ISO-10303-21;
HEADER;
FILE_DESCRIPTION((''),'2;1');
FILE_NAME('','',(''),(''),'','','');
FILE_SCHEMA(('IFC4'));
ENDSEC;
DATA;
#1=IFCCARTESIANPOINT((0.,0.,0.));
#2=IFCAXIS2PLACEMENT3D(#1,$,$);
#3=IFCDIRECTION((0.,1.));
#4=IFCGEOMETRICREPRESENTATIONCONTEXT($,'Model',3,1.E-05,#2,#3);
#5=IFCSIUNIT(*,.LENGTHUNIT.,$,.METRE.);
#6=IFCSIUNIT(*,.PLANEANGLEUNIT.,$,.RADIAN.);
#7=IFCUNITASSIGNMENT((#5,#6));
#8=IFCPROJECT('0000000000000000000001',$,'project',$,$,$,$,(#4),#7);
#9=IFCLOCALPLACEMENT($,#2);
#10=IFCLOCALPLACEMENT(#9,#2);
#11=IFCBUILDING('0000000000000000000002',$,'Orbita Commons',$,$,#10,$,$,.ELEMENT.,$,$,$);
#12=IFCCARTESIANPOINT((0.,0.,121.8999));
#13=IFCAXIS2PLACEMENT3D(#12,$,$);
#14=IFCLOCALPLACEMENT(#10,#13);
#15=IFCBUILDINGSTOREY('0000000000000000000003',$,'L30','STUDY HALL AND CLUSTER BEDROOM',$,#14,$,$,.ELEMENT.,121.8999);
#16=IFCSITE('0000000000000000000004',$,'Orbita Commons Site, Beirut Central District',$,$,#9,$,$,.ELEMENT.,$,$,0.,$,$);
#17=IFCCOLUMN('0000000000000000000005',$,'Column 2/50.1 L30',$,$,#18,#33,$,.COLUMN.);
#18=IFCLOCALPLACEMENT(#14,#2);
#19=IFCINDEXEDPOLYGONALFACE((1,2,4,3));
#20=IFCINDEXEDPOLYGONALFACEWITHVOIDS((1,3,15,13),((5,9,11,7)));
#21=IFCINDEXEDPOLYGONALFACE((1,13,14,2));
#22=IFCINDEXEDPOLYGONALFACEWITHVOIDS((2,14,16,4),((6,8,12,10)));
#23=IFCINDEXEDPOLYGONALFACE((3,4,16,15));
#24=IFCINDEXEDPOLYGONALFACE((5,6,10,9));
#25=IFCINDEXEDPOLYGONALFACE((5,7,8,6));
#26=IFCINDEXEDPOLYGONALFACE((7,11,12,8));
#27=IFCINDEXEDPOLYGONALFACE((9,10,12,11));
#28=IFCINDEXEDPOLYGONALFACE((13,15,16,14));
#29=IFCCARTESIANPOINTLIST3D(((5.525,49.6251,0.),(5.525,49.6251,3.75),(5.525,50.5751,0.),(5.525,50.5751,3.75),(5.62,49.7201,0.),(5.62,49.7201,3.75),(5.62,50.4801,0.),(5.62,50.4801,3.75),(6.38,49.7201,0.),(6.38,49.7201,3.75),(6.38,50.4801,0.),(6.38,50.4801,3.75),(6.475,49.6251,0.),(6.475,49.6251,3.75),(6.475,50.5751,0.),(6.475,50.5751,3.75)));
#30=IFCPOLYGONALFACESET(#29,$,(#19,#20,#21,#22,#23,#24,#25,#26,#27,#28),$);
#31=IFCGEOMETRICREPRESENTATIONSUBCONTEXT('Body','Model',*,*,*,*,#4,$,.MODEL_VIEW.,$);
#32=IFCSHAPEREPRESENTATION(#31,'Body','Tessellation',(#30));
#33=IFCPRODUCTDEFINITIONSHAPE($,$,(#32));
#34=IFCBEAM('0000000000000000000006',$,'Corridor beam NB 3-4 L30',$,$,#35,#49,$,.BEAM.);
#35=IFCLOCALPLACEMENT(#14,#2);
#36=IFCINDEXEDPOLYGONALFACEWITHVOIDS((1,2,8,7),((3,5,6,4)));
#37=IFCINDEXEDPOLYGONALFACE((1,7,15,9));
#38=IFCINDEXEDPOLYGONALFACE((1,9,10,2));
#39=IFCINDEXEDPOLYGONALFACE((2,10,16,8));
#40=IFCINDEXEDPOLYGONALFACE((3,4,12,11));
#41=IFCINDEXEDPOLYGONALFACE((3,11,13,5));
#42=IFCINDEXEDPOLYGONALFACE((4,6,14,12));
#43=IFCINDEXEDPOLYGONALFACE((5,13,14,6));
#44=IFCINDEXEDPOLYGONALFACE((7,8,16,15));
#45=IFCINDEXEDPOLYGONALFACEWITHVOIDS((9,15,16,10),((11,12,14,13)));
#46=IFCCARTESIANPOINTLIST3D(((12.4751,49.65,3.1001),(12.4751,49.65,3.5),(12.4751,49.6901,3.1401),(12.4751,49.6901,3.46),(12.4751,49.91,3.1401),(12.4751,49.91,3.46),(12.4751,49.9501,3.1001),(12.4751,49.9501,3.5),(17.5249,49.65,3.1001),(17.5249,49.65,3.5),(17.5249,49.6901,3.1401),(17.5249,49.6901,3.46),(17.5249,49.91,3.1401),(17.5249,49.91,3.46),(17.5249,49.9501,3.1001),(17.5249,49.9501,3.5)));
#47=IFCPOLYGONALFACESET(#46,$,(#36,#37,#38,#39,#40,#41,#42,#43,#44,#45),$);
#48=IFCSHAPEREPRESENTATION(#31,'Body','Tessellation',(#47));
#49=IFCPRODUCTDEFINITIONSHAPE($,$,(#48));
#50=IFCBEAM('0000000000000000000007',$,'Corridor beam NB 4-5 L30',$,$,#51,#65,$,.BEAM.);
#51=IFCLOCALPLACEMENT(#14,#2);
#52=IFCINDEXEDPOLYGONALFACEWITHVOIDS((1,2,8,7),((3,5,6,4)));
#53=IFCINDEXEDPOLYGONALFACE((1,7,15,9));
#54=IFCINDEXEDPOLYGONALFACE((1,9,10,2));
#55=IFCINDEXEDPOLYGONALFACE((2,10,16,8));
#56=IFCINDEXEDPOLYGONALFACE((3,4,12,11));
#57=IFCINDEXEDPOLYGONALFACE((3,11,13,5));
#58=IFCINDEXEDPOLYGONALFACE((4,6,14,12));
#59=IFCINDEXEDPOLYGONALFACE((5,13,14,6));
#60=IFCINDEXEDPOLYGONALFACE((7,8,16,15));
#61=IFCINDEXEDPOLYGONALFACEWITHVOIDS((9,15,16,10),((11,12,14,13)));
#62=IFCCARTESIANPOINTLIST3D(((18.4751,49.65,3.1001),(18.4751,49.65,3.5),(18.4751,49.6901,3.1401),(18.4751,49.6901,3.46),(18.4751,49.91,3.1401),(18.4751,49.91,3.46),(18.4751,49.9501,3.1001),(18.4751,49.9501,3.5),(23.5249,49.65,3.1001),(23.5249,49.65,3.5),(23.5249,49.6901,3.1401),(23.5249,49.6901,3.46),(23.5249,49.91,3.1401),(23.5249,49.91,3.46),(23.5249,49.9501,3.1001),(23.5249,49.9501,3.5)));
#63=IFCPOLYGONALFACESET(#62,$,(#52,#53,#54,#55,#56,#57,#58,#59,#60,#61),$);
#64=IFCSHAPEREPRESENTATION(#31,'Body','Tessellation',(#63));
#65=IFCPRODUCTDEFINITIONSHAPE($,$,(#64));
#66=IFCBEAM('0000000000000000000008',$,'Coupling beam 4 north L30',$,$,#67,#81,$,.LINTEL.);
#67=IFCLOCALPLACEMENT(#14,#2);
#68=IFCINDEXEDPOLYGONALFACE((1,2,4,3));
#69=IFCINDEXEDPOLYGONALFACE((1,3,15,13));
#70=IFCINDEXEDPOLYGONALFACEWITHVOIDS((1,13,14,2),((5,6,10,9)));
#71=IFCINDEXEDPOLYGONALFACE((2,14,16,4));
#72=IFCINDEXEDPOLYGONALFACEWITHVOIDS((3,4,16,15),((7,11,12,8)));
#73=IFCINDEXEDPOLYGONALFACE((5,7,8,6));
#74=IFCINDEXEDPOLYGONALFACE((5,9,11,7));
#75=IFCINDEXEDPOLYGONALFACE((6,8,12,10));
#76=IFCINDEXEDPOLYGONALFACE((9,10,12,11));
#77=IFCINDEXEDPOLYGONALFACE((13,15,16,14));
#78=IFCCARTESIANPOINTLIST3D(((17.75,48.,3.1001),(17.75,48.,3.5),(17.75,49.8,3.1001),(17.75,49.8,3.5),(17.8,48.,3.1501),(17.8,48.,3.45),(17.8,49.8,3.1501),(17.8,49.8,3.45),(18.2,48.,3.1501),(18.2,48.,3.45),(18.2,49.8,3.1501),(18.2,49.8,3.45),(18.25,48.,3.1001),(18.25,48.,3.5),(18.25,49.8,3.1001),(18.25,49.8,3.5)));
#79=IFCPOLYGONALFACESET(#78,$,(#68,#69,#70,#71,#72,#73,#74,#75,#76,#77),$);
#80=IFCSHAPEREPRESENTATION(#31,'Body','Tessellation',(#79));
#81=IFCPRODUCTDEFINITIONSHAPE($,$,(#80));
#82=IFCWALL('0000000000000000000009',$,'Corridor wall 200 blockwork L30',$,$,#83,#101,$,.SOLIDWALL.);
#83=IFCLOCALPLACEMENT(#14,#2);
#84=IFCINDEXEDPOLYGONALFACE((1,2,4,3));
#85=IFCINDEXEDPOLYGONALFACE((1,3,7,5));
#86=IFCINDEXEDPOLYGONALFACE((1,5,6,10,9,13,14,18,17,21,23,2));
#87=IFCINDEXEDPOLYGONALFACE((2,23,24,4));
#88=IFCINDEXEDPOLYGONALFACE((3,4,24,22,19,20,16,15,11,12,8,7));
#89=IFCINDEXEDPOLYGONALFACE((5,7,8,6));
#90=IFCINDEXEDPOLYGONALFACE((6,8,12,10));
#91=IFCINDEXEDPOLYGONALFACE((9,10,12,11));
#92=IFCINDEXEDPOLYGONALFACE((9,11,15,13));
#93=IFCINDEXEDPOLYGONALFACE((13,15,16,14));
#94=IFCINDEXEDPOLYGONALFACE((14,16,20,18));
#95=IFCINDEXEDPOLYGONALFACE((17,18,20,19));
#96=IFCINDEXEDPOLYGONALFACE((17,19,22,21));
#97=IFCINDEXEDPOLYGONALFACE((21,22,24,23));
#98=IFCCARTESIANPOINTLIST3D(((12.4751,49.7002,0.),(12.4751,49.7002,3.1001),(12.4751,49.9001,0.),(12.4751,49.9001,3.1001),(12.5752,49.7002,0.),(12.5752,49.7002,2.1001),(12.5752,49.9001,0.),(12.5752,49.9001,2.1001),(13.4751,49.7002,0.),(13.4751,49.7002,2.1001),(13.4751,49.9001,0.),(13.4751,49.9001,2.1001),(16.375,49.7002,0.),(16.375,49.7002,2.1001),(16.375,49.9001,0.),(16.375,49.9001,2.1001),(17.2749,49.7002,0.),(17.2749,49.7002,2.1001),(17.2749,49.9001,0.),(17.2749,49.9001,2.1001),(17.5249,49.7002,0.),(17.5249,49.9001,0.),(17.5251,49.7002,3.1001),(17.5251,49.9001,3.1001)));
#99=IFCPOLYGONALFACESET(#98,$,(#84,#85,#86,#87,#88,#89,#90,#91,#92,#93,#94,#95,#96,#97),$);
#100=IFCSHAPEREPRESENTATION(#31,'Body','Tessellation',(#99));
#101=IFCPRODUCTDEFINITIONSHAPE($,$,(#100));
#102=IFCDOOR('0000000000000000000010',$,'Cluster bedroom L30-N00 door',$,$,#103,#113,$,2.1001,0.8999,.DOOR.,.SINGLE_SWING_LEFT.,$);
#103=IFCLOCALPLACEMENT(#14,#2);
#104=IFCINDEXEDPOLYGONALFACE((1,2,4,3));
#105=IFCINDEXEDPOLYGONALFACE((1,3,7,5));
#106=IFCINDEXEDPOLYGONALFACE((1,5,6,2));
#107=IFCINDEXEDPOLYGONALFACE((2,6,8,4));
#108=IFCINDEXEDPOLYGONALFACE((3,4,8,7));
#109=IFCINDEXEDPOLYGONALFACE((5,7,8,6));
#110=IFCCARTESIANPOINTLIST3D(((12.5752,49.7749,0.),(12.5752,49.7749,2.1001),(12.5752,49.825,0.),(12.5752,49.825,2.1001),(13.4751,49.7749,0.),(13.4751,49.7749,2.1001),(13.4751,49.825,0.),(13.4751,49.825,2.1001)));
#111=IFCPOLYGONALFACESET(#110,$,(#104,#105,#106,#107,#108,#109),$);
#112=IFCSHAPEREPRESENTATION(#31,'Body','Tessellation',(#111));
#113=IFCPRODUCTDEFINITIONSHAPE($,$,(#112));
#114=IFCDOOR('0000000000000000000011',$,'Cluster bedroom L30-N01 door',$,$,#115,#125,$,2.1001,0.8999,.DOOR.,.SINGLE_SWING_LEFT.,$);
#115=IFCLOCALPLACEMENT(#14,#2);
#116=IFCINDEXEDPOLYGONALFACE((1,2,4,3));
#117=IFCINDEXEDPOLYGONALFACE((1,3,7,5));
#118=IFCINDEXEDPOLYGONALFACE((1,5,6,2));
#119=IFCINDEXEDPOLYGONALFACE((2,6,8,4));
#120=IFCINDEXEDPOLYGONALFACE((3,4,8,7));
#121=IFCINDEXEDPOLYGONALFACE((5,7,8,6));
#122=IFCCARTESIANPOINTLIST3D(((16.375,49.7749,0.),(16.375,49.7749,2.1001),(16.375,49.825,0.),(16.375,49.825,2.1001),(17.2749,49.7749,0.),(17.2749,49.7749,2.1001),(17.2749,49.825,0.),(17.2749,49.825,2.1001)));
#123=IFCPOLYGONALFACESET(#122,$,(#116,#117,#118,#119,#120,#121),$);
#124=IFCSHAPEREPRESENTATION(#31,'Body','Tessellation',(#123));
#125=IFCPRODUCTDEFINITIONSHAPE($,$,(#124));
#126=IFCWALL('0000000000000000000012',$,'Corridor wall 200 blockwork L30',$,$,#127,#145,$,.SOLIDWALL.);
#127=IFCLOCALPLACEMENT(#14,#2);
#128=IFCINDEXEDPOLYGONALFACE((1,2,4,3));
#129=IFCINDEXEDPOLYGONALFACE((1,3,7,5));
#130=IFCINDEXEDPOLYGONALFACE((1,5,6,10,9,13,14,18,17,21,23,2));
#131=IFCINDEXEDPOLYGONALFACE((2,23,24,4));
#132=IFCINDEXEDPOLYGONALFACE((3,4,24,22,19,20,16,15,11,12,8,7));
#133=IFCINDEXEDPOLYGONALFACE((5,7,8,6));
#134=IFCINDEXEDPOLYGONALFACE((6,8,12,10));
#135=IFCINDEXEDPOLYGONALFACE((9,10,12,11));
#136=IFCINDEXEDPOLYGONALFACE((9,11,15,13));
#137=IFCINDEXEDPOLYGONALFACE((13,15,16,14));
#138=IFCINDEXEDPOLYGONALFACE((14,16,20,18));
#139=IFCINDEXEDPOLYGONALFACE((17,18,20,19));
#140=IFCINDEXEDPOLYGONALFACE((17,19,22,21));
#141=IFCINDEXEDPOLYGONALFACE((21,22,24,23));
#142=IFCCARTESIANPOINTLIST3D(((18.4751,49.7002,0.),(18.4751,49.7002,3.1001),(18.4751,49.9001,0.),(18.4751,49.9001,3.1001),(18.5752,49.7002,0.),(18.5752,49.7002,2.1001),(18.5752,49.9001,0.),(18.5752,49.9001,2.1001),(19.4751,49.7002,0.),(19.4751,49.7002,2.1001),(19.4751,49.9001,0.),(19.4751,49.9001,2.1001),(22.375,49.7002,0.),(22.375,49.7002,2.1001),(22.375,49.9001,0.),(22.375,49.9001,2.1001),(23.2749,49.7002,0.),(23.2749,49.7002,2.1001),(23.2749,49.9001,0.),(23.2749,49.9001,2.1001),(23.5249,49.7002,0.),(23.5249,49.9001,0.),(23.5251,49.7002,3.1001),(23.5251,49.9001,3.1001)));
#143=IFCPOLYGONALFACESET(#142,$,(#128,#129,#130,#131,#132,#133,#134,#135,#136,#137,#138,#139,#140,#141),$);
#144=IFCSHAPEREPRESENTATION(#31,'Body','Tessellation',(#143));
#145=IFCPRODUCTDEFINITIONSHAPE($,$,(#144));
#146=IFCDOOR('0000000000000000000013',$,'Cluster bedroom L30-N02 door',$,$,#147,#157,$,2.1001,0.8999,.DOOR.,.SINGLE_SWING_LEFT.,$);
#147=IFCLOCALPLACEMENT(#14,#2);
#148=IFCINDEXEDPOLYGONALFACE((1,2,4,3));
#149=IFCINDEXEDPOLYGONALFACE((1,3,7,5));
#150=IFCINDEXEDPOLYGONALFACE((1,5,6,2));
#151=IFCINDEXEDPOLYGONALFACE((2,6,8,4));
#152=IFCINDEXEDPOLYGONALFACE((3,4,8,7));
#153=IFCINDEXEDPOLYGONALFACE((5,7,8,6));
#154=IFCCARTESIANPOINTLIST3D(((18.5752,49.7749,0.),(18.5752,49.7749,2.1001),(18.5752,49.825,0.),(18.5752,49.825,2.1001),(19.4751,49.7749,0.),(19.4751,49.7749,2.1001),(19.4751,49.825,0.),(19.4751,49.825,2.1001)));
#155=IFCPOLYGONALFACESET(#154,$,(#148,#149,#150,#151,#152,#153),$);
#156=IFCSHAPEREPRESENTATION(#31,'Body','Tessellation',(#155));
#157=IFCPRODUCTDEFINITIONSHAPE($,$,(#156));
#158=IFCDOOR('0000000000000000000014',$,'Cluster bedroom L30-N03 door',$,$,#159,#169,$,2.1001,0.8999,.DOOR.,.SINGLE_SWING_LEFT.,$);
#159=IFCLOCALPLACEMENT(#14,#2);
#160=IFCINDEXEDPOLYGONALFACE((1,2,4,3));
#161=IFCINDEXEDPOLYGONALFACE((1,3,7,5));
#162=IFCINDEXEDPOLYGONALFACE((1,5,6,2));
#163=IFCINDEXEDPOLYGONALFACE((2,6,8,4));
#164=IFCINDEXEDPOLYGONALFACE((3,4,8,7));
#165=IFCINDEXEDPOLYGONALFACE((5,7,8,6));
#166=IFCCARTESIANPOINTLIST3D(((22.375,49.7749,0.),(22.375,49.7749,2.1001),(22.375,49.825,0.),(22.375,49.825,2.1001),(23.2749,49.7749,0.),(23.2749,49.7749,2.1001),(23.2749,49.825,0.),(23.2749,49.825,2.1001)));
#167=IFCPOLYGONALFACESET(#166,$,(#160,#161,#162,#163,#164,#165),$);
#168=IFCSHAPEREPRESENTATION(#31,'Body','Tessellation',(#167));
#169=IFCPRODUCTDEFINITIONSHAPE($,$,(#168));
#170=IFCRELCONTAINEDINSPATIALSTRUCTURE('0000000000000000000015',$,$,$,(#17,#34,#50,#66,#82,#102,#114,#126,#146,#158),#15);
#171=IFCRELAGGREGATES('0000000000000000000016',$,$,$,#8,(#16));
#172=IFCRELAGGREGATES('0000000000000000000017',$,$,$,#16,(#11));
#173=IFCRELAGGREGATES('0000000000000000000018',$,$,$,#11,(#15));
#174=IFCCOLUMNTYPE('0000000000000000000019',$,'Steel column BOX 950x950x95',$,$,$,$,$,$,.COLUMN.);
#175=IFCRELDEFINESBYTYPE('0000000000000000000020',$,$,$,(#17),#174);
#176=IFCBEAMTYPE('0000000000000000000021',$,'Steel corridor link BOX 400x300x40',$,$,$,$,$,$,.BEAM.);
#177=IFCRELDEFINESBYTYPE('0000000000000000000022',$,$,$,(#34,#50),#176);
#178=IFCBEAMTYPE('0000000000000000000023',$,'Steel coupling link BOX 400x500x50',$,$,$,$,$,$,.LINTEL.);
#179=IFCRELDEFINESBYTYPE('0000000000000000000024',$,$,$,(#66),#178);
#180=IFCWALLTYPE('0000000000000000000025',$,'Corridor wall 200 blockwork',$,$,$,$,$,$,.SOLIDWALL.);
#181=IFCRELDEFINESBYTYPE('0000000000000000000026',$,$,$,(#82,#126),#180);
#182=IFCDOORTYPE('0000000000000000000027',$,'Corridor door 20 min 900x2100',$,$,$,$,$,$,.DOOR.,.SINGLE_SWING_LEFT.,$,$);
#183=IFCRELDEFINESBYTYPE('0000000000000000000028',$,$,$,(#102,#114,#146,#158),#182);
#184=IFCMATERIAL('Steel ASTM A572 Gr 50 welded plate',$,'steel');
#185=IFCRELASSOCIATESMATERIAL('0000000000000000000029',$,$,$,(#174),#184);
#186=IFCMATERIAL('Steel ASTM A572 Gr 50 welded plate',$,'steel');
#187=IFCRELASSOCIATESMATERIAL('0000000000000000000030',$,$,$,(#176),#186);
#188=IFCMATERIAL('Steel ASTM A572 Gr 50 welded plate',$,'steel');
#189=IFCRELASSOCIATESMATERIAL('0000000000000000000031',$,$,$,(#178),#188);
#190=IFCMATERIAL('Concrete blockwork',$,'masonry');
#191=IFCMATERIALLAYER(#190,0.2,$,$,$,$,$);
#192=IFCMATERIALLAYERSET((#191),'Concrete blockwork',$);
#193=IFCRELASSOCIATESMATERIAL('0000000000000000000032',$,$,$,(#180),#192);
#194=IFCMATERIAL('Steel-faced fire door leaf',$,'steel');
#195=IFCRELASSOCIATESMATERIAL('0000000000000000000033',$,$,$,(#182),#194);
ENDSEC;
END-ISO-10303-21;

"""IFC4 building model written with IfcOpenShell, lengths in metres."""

from ifc_helpers import new_model, si_unit, direction, frame, frame_2d, origin, origin_2d, place, context, subcontext, project, spatial, polyline, rectangle, hollow_rectangle, outline, extrude, material, layer, layer_set, material_profile, profile_set, type_object, element, fill, save


model = new_model("IFC4")

# Units and contexts
model_context = context("Model", 3, precision=1e-05, world=origin(), true_north=direction((0.0, 1.0)))
body_context = subcontext(model_context, "Body", "Model", "MODEL_VIEW")
ifc_project = project(units=[si_unit("LENGTHUNIT", "METRE"), si_unit("PLANEANGLEUNIT", "RADIAN")], contexts=[model_context])

# Site, building, storey
site_placement = place(None, origin())
site = spatial("IfcSite", under=ifc_project, at=site_placement, Name="Orbita Commons Site, Beirut Central District", CompositionType="ELEMENT", RefElevation=0.0)
building_placement = place(site_placement, origin())
building = spatial("IfcBuilding", under=site, at=building_placement, Name="Orbita Commons", CompositionType="ELEMENT")
storey_placement = place(building_placement, frame((0.0, 0.0, 121.8999)))
storey = spatial("IfcBuildingStorey", under=building, at=storey_placement, Name="L30", Description="STUDY HALL AND CLUSTER BEDROOM", CompositionType="ELEMENT", Elevation=121.8999)

# Column
ifc_material_1 = material(Name="Steel ASTM A572 Gr 50 welded plate", Category="steel")
ifc_material_profile_1 = material_profile(ifc_material_1, hollow_rectangle(XDim=0.95, YDim=0.95, WallThickness=0.095, at=origin_2d()), Name="BOX 950x950x95")
ifc_profile_set_1 = profile_set([ifc_material_profile_1], Name="Steel ASTM A572 Gr 50 welded plate")
column_type = type_object("IfcColumnType", Name="Steel column BOX 950x950x95", PredefinedType="COLUMN", material=ifc_profile_set_1)
column_placement = place(storey_placement, frame((6.0, 50.1001, 0.0), z_axis=(0.0, 0.0, 1.0), x_axis=(1.0, 0.0, 0.0)))
element("IfcColumn", 1, at=column_placement, inside=storey, type_object=column_type, Name="Column 2/50.1 L30", PredefinedType="COLUMN", context=body_context, shape_type="SweptSolid", body=[
    extrude(hollow_rectangle(XDim=0.95, YDim=0.95, WallThickness=0.095, at=origin_2d()), origin(), (0.0, 0.0, 1.0), 3.75),
])

# Beams
ifc_material_2 = material(Name="Steel ASTM A572 Gr 50 welded plate", Category="steel")
ifc_material_profile_2 = material_profile(ifc_material_2, hollow_rectangle(XDim=0.3, YDim=0.3999, WallThickness=0.04, at=origin_2d()), Name="BOX 400x300x40")
ifc_profile_set_2 = profile_set([ifc_material_profile_2], Name="Steel ASTM A572 Gr 50 welded plate")
beam_type_1 = type_object("IfcBeamType", Name="Steel corridor link BOX 400x300x40", PredefinedType="BEAM", material=ifc_profile_set_2)
for number, where, z_axis, x_axis, name in (
    (2, (12.4751, 49.8, 3.3), (1.0, 0.0, 0.0), (0.0, 1.0, 0.0), "Corridor beam NB 3-4 L30"),
    (3, (18.4751, 49.8, 3.3), (1.0, 0.0, 0.0), (0.0, 1.0, 0.0), "Corridor beam NB 4-5 L30"),
):
    element("IfcBeam", number, at=place(storey_placement, frame(where, z_axis=z_axis, x_axis=x_axis)), inside=storey, type_object=beam_type_1, Name=name, PredefinedType="BEAM", context=body_context, shape_type="SweptSolid", body=[
        extrude(hollow_rectangle(XDim=0.3, YDim=0.3999, WallThickness=0.04, at=origin_2d()), origin(), (0.0, 0.0, 1.0), 5.0498),
    ])
ifc_material_3 = material(Name="Steel ASTM A572 Gr 50 welded plate", Category="steel")
ifc_material_profile_3 = material_profile(ifc_material_3, hollow_rectangle(XDim=0.5, YDim=0.3999, WallThickness=0.05, at=origin_2d()), Name="BOX 400x500x50")
ifc_profile_set_3 = profile_set([ifc_material_profile_3], Name="Steel ASTM A572 Gr 50 welded plate")
beam_type_2 = type_object("IfcBeamType", Name="Steel coupling link BOX 400x500x50", PredefinedType="LINTEL", material=ifc_profile_set_3)
beam_placement = place(storey_placement, frame((18.0, 48.0, 3.3), z_axis=(0.0, 1.0, 0.0), x_axis=(-1.0, 0.0, 0.0)))
element("IfcBeam", 4, at=beam_placement, inside=storey, type_object=beam_type_2, Name="Coupling beam 4 north L30", PredefinedType="LINTEL", context=body_context, shape_type="SweptSolid", body=[
    extrude(hollow_rectangle(XDim=0.5, YDim=0.3999, WallThickness=0.05, at=origin_2d()), origin(), (0.0, 0.0, 1.0), 1.8),
])

# Walls, openings, doors
ifc_material_4 = material(Name="Concrete blockwork", Category="masonry")
ifc_layer_1 = layer(ifc_material_4, 0.2)
ifc_layer_set_1 = layer_set([ifc_layer_1], Name="Concrete blockwork")
wall_type_1 = type_object("IfcWallType", Name="Corridor wall 200 blockwork", PredefinedType="SOLIDWALL", material=ifc_layer_set_1)
wall_1_placement = place(storey_placement, frame((12.4751, 49.8, 0.0), z_axis=(0.0, 0.0, 1.0), x_axis=(1.0, 0.0, 0.0)))
wall_1 = element("IfcWall", 5, at=wall_1_placement, inside=storey, type_object=wall_type_1, Name="Corridor wall 200 blockwork L30", PredefinedType="SOLIDWALL", context=body_context, shape_type="SweptSolid", body=[
    extrude(outline(polyline([(0.0, 0.0), (5.0498, 0.0), (5.05, 3.1001), (0.0, 3.1001), (0.0, 0.0)])), frame((0.0, 0.1001, 0.0), z_axis=(0.0, -1.0, 0.0), x_axis=(1.0, 0.0, 0.0)), (0.0, 0.0, 1.0), 0.2),
])
opening_1_placement = place(wall_1_placement, frame((0.1001, 0.0, 0.0)))
opening_1 = element("IfcOpeningElement", 6, at=opening_1_placement, cuts=wall_1, PredefinedType="OPENING", context=body_context, shape_type="SweptSolid", body=[
    extrude(rectangle(XDim=0.8999, YDim=2.1001, at=frame_2d((0.45, 1.05))), frame((0.0, 0.1099, 0.0), z_axis=(0.0, -1.0, 0.0), x_axis=(1.0, 0.0, 0.0)), (0.0, 0.0, 1.0), 0.22),
])
opening_2_placement = place(wall_1_placement, frame((3.8999, 0.0, 0.0)))
opening_2 = element("IfcOpeningElement", 7, at=opening_2_placement, cuts=wall_1, PredefinedType="OPENING", context=body_context, shape_type="SweptSolid", body=[
    extrude(rectangle(XDim=0.8999, YDim=2.1001, at=frame_2d((0.45, 1.05))), frame((0.0, 0.1099, 0.0), z_axis=(0.0, -1.0, 0.0), x_axis=(1.0, 0.0, 0.0)), (0.0, 0.0, 1.0), 0.22),
])
ifc_material_5 = material(Name="Steel-faced fire door leaf", Category="steel")
door_type_1 = type_object("IfcDoorType", Name="Corridor door 20 min 900x2100", OperationType="SINGLE_SWING_LEFT", PredefinedType="DOOR", material=ifc_material_5)
door_1_placement = place(opening_1_placement, origin())
door_1 = element("IfcDoor", 8, at=door_1_placement, inside=storey, type_object=door_type_1, Name="Cluster bedroom L30-N00 door", OperationType="SINGLE_SWING_LEFT", OverallHeight=2.1001, OverallWidth=0.8999, PredefinedType="DOOR", context=body_context, shape_type="SweptSolid", body=[
    extrude(rectangle(XDim=0.8999, YDim=2.1001, at=frame_2d((0.45, 1.05))), frame((0.0, 0.0249, 0.0), z_axis=(0.0, -1.0, 0.0), x_axis=(1.0, 0.0, 0.0)), (0.0, 0.0, 1.0), 0.05),
])
fill(opening_1, door_1)
door_2_placement = place(opening_2_placement, origin())
door_2 = element("IfcDoor", 9, at=door_2_placement, inside=storey, type_object=door_type_1, Name="Cluster bedroom L30-N01 door", OperationType="SINGLE_SWING_LEFT", OverallHeight=2.1001, OverallWidth=0.8999, PredefinedType="DOOR", context=body_context, shape_type="SweptSolid", body=[
    extrude(rectangle(XDim=0.8999, YDim=2.1001, at=frame_2d((0.45, 1.05))), frame((0.0, 0.0249, 0.0), z_axis=(0.0, -1.0, 0.0), x_axis=(1.0, 0.0, 0.0)), (0.0, 0.0, 1.0), 0.05),
])
fill(opening_2, door_2)
wall_2_placement = place(storey_placement, frame((18.4751, 49.8, 0.0), z_axis=(0.0, 0.0, 1.0), x_axis=(1.0, 0.0, 0.0)))
wall_2 = element("IfcWall", 10, at=wall_2_placement, inside=storey, type_object=wall_type_1, Name="Corridor wall 200 blockwork L30", PredefinedType="SOLIDWALL", context=body_context, shape_type="SweptSolid", body=[
    extrude(outline(polyline([(0.0, 0.0), (5.0498, 0.0), (5.05, 3.1001), (0.0, 3.1001), (0.0, 0.0)])), frame((0.0, 0.1001, 0.0), z_axis=(0.0, -1.0, 0.0), x_axis=(1.0, 0.0, 0.0)), (0.0, 0.0, 1.0), 0.2),
])
opening_3_placement = place(wall_2_placement, frame((0.1001, 0.0, 0.0)))
opening_3 = element("IfcOpeningElement", 11, at=opening_3_placement, cuts=wall_2, PredefinedType="OPENING", context=body_context, shape_type="SweptSolid", body=[
    extrude(rectangle(XDim=0.8999, YDim=2.1001, at=frame_2d((0.45, 1.05))), frame((0.0, 0.1099, 0.0), z_axis=(0.0, -1.0, 0.0), x_axis=(1.0, 0.0, 0.0)), (0.0, 0.0, 1.0), 0.22),
])
opening_4_placement = place(wall_2_placement, frame((3.8999, 0.0, 0.0)))
opening_4 = element("IfcOpeningElement", 12, at=opening_4_placement, cuts=wall_2, PredefinedType="OPENING", context=body_context, shape_type="SweptSolid", body=[
    extrude(rectangle(XDim=0.8999, YDim=2.1001, at=frame_2d((0.45, 1.05))), frame((0.0, 0.1099, 0.0), z_axis=(0.0, -1.0, 0.0), x_axis=(1.0, 0.0, 0.0)), (0.0, 0.0, 1.0), 0.22),
])
door_3_placement = place(opening_3_placement, origin())
door_3 = element("IfcDoor", 13, at=door_3_placement, inside=storey, type_object=door_type_1, Name="Cluster bedroom L30-N02 door", OperationType="SINGLE_SWING_LEFT", OverallHeight=2.1001, OverallWidth=0.8999, PredefinedType="DOOR", context=body_context, shape_type="SweptSolid", body=[
    extrude(rectangle(XDim=0.8999, YDim=2.1001, at=frame_2d((0.45, 1.05))), frame((0.0, 0.0249, 0.0), z_axis=(0.0, -1.0, 0.0), x_axis=(1.0, 0.0, 0.0)), (0.0, 0.0, 1.0), 0.05),
])
fill(opening_3, door_3)
door_4_placement = place(opening_4_placement, origin())
door_4 = element("IfcDoor", 14, at=door_4_placement, inside=storey, type_object=door_type_1, Name="Cluster bedroom L30-N03 door", OperationType="SINGLE_SWING_LEFT", OverallHeight=2.1001, OverallWidth=0.8999, PredefinedType="DOOR", context=body_context, shape_type="SweptSolid", body=[
    extrude(rectangle(XDim=0.8999, YDim=2.1001, at=frame_2d((0.45, 1.05))), frame((0.0, 0.0249, 0.0), z_axis=(0.0, -1.0, 0.0), x_axis=(1.0, 0.0, 0.0)), (0.0, 0.0, 1.0), 0.05),
])
fill(opening_4, door_4)

save(model, "model.ifc")
